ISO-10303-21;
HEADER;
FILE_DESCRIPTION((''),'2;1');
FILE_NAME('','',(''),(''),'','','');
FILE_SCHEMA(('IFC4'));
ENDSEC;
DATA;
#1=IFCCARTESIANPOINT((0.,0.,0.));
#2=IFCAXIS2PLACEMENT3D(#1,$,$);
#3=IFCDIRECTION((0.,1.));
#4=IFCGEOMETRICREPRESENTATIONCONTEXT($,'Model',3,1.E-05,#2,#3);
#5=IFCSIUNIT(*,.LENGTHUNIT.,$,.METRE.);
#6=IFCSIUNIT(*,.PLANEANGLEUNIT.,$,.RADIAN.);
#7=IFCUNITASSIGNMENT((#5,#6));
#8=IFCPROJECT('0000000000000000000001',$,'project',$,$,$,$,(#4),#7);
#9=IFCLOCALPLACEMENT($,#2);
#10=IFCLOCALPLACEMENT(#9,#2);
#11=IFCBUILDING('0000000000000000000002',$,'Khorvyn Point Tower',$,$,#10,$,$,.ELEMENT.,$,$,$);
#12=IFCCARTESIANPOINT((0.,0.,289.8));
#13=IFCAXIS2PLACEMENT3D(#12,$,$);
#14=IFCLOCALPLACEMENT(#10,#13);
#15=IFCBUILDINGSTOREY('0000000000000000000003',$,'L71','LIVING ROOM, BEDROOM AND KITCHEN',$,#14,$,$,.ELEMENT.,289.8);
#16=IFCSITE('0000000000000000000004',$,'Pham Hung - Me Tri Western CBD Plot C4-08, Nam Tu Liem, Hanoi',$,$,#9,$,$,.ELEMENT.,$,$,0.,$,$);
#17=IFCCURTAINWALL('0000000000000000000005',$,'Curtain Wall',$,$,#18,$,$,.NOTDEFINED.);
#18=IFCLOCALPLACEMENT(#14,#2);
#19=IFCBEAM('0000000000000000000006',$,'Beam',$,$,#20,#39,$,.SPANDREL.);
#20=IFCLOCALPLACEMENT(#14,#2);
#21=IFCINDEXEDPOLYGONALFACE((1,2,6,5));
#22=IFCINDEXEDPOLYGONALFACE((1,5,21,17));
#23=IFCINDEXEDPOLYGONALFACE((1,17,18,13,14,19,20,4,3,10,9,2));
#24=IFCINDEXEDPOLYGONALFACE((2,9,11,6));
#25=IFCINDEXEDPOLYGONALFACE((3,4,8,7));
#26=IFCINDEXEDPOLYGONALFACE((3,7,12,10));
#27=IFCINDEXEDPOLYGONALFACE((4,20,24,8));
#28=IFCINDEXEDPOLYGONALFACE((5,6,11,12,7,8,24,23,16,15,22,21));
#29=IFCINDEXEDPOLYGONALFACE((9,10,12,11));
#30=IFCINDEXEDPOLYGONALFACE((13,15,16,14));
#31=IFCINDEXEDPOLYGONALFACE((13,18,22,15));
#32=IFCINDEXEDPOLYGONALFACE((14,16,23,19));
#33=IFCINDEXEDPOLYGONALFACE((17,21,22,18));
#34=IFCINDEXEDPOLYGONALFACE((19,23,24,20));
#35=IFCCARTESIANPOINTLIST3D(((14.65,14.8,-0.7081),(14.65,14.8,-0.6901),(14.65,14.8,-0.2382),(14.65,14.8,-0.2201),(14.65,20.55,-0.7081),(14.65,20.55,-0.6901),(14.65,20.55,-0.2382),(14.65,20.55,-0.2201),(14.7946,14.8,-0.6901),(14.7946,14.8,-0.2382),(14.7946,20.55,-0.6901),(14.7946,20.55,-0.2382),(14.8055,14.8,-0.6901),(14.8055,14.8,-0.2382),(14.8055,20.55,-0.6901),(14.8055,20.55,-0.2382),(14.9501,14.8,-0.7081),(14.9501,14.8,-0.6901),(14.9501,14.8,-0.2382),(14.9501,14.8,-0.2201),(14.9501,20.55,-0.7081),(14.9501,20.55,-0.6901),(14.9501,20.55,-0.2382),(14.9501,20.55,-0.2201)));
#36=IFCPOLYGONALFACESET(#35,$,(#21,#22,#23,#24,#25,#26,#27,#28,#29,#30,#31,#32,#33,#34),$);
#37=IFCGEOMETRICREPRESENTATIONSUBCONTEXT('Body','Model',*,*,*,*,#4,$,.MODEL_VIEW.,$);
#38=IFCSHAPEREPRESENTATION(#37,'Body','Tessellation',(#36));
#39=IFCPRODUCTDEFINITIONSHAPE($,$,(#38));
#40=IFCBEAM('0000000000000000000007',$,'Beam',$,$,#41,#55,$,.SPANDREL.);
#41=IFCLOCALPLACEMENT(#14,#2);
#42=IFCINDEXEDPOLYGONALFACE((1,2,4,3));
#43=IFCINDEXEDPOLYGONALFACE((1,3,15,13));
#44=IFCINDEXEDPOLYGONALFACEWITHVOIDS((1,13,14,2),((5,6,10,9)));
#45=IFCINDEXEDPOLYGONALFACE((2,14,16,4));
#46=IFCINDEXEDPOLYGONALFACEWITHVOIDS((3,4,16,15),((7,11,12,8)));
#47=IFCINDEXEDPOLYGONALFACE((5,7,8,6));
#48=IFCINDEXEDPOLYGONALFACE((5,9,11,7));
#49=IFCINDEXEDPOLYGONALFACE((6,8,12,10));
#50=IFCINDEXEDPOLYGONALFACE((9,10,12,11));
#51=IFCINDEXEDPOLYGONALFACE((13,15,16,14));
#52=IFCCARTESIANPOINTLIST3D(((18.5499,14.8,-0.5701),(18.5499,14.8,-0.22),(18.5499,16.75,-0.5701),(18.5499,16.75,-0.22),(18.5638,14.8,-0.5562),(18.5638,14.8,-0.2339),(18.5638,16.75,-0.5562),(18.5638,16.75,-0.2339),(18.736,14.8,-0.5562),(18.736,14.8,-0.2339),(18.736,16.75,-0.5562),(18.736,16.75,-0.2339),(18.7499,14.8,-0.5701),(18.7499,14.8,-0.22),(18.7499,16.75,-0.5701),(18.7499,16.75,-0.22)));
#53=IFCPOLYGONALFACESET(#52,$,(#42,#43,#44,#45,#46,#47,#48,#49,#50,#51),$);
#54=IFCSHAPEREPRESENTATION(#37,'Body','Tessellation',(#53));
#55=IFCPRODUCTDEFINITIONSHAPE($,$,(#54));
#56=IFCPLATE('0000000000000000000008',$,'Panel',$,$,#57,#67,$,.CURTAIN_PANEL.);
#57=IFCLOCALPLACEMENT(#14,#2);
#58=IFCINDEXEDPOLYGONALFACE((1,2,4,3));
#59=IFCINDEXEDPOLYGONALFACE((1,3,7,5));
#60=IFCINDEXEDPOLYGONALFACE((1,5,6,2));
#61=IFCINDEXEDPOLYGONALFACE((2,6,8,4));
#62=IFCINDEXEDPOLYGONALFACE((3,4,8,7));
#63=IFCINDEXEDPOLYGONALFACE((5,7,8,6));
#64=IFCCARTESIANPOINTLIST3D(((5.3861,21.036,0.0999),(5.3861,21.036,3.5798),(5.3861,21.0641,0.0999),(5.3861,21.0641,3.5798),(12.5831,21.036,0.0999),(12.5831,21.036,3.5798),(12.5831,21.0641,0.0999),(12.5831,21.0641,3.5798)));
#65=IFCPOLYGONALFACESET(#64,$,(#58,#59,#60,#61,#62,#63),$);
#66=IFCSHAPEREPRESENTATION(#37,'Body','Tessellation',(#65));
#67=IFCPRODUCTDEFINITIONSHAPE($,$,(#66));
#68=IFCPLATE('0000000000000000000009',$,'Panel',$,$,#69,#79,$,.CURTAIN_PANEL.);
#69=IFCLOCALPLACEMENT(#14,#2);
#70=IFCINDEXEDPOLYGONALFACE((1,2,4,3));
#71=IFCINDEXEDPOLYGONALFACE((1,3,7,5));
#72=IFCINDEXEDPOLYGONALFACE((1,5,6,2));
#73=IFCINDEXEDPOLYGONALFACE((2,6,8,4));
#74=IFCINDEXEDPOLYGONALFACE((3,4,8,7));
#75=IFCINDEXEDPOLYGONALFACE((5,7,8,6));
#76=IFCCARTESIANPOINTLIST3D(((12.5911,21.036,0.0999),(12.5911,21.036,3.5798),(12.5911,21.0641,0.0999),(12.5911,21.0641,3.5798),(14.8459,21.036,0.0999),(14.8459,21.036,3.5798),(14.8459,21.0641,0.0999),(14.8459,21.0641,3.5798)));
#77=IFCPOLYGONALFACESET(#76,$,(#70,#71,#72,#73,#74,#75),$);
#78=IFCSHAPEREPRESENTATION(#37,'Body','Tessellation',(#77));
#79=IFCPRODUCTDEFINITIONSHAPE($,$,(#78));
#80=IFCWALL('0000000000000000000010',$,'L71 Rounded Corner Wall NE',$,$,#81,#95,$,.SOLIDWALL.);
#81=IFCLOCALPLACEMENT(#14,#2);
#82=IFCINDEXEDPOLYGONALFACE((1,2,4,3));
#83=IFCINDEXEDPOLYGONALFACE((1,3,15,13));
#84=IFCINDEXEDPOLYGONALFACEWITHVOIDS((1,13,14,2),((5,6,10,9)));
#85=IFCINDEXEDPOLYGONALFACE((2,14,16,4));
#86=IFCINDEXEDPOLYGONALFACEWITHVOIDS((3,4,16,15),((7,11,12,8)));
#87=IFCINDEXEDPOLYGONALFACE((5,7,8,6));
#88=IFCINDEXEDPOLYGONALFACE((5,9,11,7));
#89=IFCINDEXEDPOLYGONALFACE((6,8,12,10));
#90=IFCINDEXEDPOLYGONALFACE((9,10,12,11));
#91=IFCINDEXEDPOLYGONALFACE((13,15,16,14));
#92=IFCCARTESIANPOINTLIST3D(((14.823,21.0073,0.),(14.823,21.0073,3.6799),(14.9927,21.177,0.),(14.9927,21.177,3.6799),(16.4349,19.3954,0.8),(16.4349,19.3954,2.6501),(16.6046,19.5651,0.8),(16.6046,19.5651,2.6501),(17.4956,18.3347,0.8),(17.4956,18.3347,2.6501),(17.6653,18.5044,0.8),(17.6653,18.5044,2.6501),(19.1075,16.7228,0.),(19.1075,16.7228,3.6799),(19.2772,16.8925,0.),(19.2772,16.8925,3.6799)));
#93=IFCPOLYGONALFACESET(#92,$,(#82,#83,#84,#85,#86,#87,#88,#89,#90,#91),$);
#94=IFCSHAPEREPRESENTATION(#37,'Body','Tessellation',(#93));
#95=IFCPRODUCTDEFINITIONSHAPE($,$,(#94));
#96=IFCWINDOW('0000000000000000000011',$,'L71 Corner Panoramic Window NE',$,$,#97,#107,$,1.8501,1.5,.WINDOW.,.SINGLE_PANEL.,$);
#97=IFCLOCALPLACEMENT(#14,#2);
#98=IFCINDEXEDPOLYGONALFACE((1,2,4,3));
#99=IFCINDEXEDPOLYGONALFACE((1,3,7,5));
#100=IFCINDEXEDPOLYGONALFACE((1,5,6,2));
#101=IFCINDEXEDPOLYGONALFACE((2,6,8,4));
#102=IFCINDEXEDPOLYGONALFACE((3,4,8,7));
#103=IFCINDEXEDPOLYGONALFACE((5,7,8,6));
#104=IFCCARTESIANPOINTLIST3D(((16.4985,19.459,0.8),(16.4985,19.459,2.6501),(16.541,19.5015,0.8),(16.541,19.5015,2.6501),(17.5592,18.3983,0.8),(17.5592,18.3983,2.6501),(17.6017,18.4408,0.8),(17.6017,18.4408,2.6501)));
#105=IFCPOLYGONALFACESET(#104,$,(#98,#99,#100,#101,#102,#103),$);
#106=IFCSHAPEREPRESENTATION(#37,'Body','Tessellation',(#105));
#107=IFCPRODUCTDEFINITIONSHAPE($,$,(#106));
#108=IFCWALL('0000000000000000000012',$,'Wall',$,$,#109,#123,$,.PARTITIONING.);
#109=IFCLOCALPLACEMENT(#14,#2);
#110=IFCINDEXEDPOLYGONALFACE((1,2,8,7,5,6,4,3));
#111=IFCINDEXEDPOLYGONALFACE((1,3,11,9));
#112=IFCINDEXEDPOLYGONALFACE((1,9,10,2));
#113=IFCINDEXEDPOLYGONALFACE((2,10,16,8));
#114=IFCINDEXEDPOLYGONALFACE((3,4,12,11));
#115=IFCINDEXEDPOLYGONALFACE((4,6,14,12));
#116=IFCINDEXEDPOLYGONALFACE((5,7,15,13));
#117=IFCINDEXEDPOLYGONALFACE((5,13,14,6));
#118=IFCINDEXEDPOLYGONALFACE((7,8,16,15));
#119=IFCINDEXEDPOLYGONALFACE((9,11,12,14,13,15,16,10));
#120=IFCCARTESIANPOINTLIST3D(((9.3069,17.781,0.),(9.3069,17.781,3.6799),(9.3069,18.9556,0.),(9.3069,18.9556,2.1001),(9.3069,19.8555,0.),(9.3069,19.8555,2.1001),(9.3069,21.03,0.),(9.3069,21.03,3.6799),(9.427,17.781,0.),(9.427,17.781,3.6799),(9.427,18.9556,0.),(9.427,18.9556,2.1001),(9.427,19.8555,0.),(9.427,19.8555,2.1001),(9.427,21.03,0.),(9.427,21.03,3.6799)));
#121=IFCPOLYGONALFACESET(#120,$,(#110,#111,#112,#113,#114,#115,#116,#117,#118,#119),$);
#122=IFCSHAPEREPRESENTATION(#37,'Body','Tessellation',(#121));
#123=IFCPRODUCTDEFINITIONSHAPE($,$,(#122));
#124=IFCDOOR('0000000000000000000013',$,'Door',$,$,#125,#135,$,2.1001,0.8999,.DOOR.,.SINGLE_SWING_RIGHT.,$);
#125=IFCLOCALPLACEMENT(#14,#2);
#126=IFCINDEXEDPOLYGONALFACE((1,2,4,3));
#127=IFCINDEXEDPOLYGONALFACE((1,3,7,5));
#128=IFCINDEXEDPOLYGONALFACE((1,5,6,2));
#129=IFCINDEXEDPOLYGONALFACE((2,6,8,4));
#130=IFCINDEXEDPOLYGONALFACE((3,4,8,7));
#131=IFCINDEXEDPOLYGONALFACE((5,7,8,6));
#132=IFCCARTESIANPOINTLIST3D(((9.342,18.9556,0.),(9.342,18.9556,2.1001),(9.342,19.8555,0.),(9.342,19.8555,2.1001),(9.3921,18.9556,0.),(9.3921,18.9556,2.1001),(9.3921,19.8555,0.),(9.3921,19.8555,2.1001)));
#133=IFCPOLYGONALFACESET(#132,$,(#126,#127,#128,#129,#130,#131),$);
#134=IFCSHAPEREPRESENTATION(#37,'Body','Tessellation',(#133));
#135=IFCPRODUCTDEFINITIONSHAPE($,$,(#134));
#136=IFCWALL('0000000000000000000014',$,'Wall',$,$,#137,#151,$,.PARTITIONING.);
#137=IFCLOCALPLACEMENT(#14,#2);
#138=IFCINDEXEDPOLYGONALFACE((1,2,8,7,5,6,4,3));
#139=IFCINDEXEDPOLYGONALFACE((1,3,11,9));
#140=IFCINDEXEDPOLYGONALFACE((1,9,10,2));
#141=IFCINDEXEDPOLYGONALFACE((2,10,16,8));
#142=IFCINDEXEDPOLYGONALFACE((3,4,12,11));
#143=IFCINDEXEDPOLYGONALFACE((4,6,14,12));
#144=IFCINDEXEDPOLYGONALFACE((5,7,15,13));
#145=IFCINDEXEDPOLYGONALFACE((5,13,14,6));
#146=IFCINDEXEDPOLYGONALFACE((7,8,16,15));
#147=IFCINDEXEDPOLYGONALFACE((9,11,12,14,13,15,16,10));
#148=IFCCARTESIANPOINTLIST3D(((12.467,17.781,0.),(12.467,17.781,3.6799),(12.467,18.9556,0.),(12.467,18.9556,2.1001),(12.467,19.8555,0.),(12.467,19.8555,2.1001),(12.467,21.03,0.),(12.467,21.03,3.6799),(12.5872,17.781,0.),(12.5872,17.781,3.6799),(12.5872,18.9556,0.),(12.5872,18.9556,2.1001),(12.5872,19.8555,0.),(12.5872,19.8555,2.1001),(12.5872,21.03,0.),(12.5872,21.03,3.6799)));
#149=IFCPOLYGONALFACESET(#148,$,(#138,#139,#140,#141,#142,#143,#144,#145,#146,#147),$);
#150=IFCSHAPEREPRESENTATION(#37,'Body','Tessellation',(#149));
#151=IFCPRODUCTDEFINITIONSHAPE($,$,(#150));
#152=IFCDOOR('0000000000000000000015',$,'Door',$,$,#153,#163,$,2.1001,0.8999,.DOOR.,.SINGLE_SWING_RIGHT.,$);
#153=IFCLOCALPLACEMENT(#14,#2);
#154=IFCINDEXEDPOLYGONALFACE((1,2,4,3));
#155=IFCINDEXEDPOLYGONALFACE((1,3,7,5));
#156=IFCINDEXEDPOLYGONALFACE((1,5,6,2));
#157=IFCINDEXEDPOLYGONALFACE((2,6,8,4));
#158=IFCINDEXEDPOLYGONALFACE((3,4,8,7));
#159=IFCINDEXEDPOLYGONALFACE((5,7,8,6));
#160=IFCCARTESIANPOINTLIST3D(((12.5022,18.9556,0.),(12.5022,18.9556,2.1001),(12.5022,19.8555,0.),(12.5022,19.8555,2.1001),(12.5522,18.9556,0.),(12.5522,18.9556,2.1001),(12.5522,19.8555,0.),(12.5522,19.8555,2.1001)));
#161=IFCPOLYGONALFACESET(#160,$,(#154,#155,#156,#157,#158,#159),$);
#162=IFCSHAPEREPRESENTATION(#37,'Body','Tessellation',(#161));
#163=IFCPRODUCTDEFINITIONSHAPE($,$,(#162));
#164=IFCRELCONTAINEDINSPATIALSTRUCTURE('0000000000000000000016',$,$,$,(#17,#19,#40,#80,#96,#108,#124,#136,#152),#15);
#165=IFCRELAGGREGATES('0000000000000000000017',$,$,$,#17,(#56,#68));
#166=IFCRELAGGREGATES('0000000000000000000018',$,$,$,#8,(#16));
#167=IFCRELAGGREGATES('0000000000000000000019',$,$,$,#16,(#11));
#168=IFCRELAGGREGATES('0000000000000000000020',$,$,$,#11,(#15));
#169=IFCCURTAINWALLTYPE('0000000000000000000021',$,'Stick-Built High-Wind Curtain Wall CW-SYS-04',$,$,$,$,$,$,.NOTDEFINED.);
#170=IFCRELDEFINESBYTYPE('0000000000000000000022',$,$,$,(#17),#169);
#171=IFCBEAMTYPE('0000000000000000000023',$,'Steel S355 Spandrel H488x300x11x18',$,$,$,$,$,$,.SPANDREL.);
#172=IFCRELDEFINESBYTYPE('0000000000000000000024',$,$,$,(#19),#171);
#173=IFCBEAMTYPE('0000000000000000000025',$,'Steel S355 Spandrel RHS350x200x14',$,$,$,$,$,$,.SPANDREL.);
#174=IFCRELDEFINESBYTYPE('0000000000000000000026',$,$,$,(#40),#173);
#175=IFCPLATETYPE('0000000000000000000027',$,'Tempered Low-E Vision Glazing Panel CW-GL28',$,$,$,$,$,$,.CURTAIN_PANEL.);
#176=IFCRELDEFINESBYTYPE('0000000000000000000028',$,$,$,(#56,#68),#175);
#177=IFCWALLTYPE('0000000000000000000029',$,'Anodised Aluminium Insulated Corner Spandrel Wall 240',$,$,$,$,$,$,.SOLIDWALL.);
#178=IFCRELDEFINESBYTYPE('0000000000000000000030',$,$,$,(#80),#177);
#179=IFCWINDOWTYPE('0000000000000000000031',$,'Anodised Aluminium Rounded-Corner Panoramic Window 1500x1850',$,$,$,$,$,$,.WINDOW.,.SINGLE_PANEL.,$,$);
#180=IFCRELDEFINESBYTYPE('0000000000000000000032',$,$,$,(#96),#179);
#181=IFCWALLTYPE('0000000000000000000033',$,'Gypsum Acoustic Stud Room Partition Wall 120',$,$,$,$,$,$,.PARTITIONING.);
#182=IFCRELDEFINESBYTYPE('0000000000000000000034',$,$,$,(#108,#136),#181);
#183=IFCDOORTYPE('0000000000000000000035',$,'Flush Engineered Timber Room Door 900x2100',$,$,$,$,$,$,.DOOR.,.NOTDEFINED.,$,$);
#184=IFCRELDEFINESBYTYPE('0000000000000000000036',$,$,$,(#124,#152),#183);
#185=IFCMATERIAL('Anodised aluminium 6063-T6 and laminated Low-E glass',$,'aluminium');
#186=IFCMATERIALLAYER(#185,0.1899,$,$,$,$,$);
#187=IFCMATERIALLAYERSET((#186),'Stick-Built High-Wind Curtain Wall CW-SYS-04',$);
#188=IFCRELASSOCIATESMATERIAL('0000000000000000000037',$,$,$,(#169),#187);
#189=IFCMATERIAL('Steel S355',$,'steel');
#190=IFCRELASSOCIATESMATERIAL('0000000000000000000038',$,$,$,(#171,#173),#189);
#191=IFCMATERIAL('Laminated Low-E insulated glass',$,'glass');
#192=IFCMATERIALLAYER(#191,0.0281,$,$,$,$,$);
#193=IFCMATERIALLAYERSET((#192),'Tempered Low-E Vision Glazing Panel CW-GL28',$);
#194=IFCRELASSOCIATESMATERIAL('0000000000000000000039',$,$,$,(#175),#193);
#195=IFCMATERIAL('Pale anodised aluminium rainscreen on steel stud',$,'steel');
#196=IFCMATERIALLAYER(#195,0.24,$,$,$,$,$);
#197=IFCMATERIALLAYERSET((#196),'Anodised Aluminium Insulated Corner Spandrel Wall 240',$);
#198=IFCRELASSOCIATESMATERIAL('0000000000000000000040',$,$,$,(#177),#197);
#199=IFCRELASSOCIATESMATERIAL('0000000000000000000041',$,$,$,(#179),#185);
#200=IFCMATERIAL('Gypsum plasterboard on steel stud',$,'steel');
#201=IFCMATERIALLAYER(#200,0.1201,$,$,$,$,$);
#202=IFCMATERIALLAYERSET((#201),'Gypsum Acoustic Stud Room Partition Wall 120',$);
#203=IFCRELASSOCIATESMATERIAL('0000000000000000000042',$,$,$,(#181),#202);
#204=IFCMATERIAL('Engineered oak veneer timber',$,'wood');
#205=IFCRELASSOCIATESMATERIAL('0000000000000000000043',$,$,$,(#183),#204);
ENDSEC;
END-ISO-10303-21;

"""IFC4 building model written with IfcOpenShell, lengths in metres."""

from ifc_helpers import new_model, si_unit, direction, frame, frame_2d, origin, origin_2d, place, context, subcontext, project, spatial, rectangle, hollow_rectangle, i_section, extrude, material, layer, layer_set, material_profile, profile_set, type_object, element, fill, aggregate, save


model = new_model("IFC4")

# Units and contexts
model_context = context("Model", 3, precision=1e-05, world=origin(), true_north=direction((0.0, 1.0)))
body_context = subcontext(model_context, "Body", "Model", "MODEL_VIEW")
ifc_project = project(units=[si_unit("LENGTHUNIT", "METRE"), si_unit("PLANEANGLEUNIT", "RADIAN")], contexts=[model_context])

# Site, building, storey
site_placement = place(None, origin())
site = spatial("IfcSite", under=ifc_project, at=site_placement, Name="Pham Hung - Me Tri Western CBD Plot C4-08, Nam Tu Liem, Hanoi", CompositionType="ELEMENT", RefElevation=0.0)
building_placement = place(site_placement, origin())
building = spatial("IfcBuilding", under=site, at=building_placement, Name="Khorvyn Point Tower", CompositionType="ELEMENT")
storey_placement = place(building_placement, frame((0.0, 0.0, 289.8)))
storey = spatial("IfcBuildingStorey", under=building, at=storey_placement, Name="L71", Description="LIVING ROOM, BEDROOM AND KITCHEN", CompositionType="ELEMENT", Elevation=289.8)

# Shared definitions
ifc_material_1 = material(Name="Steel S355", Category="steel")

# Curtain wall
ifc_material_2 = material(Name="Anodised aluminium 6063-T6 and laminated Low-E glass", Category="aluminium")
ifc_layer_1 = layer(ifc_material_2, 0.1899)
ifc_layer_set_1 = layer_set([ifc_layer_1], Name="Stick-Built High-Wind Curtain Wall CW-SYS-04")
curtain_wall_type = type_object("IfcCurtainWallType", Name="Stick-Built High-Wind Curtain Wall CW-SYS-04", PredefinedType="NOTDEFINED", material=ifc_layer_set_1)
curtain_wall_1_placement = place(storey_placement, origin())
curtain_wall_1 = element("IfcCurtainWall", 1, at=curtain_wall_1_placement, inside=storey, type_object=curtain_wall_type, Name="Curtain Wall", PredefinedType="NOTDEFINED")

# Beams
ifc_material_profile_1 = material_profile(ifc_material_1, i_section(OverallWidth=0.3, OverallDepth=0.488, WebThickness=0.011, FlangeThickness=0.0181, at=origin_2d()))
ifc_profile_set_1 = profile_set([ifc_material_profile_1], Name="Steel S355 H488x300x11x18")
beam_type_1 = type_object("IfcBeamType", Name="Steel S355 Spandrel H488x300x11x18", PredefinedType="SPANDREL", material=ifc_profile_set_1)
beam_1_placement = place(storey_placement, frame((14.8, 14.8, -0.4641), z_axis=(0.0, 1.0, 0.0), x_axis=(-1.0, 0.0, 0.0)))
element("IfcBeam", 2, at=beam_1_placement, inside=storey, type_object=beam_type_1, Name="Beam", PredefinedType="SPANDREL", context=body_context, shape_type="SweptSolid", body=[
    extrude(i_section(OverallWidth=0.3, OverallDepth=0.488, WebThickness=0.011, FlangeThickness=0.0181, at=origin_2d()), origin(), (0.0, 0.0, 1.0), 5.75),
])
ifc_material_profile_2 = material_profile(ifc_material_1, hollow_rectangle(XDim=0.2, YDim=0.3501, WallThickness=0.0139, at=origin_2d()))
ifc_profile_set_2 = profile_set([ifc_material_profile_2], Name="Steel S355 RHS350x200x14")
beam_type_2 = type_object("IfcBeamType", Name="Steel S355 Spandrel RHS350x200x14", PredefinedType="SPANDREL", material=ifc_profile_set_2)
beam_2_placement = place(storey_placement, frame((18.6499, 14.8, -0.395), z_axis=(0.0, 1.0, 0.0), x_axis=(-1.0, 0.0, 0.0)))
element("IfcBeam", 3, at=beam_2_placement, inside=storey, type_object=beam_type_2, Name="Beam", PredefinedType="SPANDREL", context=body_context, shape_type="SweptSolid", body=[
    extrude(hollow_rectangle(XDim=0.2, YDim=0.3501, WallThickness=0.0139, at=origin_2d()), origin(), (0.0, 0.0, 1.0), 1.95),
])

# Plates
ifc_material_3 = material(Name="Laminated Low-E insulated glass", Category="glass")
ifc_layer_2 = layer(ifc_material_3, 0.0281)
ifc_layer_set_2 = layer_set([ifc_layer_2], Name="Tempered Low-E Vision Glazing Panel CW-GL28")
plate_type = type_object("IfcPlateType", Name="Tempered Low-E Vision Glazing Panel CW-GL28", PredefinedType="CURTAIN_PANEL", material=ifc_layer_set_2)
plate_1_placement = place(storey_placement, frame((8.9846, 21.05, 0.0999), z_axis=(0.0, 0.0, 1.0), x_axis=(1.0, 0.0, 0.0)))
plate_1 = element("IfcPlate", 4, at=plate_1_placement, type_object=plate_type, Name="Panel", PredefinedType="CURTAIN_PANEL", context=body_context, shape_type="SweptSolid", body=[
    extrude(rectangle(XDim=7.197, YDim=0.0281, at=origin_2d()), origin(), (0.0, 0.0, 1.0), 3.48),
])
plate_2_placement = place(storey_placement, frame((13.7185, 21.05, 0.0999), z_axis=(0.0, 0.0, 1.0), x_axis=(1.0, 0.0, 0.0)))
plate_2 = element("IfcPlate", 5, at=plate_2_placement, type_object=plate_type, Name="Panel", PredefinedType="CURTAIN_PANEL", context=body_context, shape_type="SweptSolid", body=[
    extrude(rectangle(XDim=2.2549, YDim=0.0281, at=origin_2d()), origin(), (0.0, 0.0, 1.0), 3.48),
])
aggregate(curtain_wall_1, [plate_1, plate_2])

# Wall, opening, window
ifc_material_4 = material(Name="Pale anodised aluminium rainscreen on steel stud", Category="steel")
ifc_layer_3 = layer(ifc_material_4, 0.24)
ifc_layer_set_3 = layer_set([ifc_layer_3], Name="Anodised Aluminium Insulated Corner Spandrel Wall 240")
wall_type_1 = type_object("IfcWallType", Name="Anodised Aluminium Insulated Corner Spandrel Wall 240", PredefinedType="SOLIDWALL", material=ifc_layer_set_3)
wall_1_placement = place(storey_placement, frame((14.9077, 21.0923, 0.0), z_axis=(0.0, 0.0, 1.0), x_axis=(0.707107, -0.707107, 0.0)))
wall_1 = element("IfcWall", 6, at=wall_1_placement, inside=storey, type_object=wall_type_1, Name="L71 Rounded Corner Wall NE", PredefinedType="SOLIDWALL", context=body_context, shape_type="SweptSolid", body=[
    extrude(rectangle(XDim=6.0593, YDim=0.24, at=frame_2d((3.0298, 0.0))), origin(), (0.0, 0.0, 1.0), 3.6799),
])
opening_1_placement = place(wall_1_placement, frame((2.2798, 0.0, 0.8)))
opening_1 = element("IfcOpeningElement", 7, at=opening_1_placement, cuts=wall_1, PredefinedType="OPENING", context=body_context, shape_type="SweptSolid", body=[
    extrude(rectangle(XDim=1.5, YDim=1.8501, at=frame_2d((0.75, 0.925))), frame((0.0, 0.1299, 0.0), z_axis=(0.0, -1.0, 0.0), x_axis=(1.0, 0.0, 0.0)), (0.0, 0.0, 1.0), 0.26),
])
window_type = type_object("IfcWindowType", Name="Anodised Aluminium Rounded-Corner Panoramic Window 1500x1850", PartitioningType="SINGLE_PANEL", PredefinedType="WINDOW", material=ifc_material_2)
window_placement = place(opening_1_placement, origin())
window = element("IfcWindow", 8, at=window_placement, inside=storey, type_object=window_type, Name="L71 Corner Panoramic Window NE", OverallHeight=1.8501, OverallWidth=1.5, PartitioningType="SINGLE_PANEL", PredefinedType="WINDOW", context=body_context, shape_type="SweptSolid", body=[
    extrude(rectangle(XDim=1.5, YDim=1.8501, at=frame_2d((0.75, 0.925))), frame((0.0, 0.03, 0.0), z_axis=(0.0, -1.0, 0.0), x_axis=(1.0, 0.0, 0.0)), (0.0, 0.0, 1.0), 0.0601),
])
fill(opening_1, window)

# Walls, openings, doors
ifc_material_5 = material(Name="Gypsum plasterboard on steel stud", Category="steel")
ifc_layer_4 = layer(ifc_material_5, 0.1201)
ifc_layer_set_4 = layer_set([ifc_layer_4], Name="Gypsum Acoustic Stud Room Partition Wall 120")
wall_type_2 = type_object("IfcWallType", Name="Gypsum Acoustic Stud Room Partition Wall 120", PredefinedType="PARTITIONING", material=ifc_layer_set_4)
wall_2_placement = place(storey_placement, frame((9.3669, 17.781, 0.0), z_axis=(0.0, 0.0, 1.0), x_axis=(0.0, 1.0, 0.0)))
wall_2 = element("IfcWall", 9, at=wall_2_placement, inside=storey, type_object=wall_type_2, Name="Wall", PredefinedType="PARTITIONING", context=body_context, shape_type="SweptSolid", body=[
    extrude(rectangle(XDim=3.249, YDim=0.1201, at=frame_2d((1.6245, 0.0))), origin(), (0.0, 0.0, 1.0), 3.6799),
])
opening_2_placement = place(wall_2_placement, frame((1.1746, 0.0, 0.0)))
opening_2 = element("IfcOpeningElement", 10, at=opening_2_placement, cuts=wall_2, PredefinedType="OPENING", context=body_context, shape_type="SweptSolid", body=[
    extrude(rectangle(XDim=0.8999, YDim=2.1001, at=frame_2d((0.45, 1.05))), frame((0.0, 0.0701, 0.0), z_axis=(0.0, -1.0, 0.0), x_axis=(1.0, 0.0, 0.0)), (0.0, 0.0, 1.0), 0.1401),
])
ifc_material_6 = material(Name="Engineered oak veneer timber", Category="wood")
door_type_1 = type_object("IfcDoorType", Name="Flush Engineered Timber Room Door 900x2100", OperationType="NOTDEFINED", PredefinedType="DOOR", material=ifc_material_6)
door_1_placement = place(opening_2_placement, origin())
door_1 = element("IfcDoor", 11, at=door_1_placement, inside=storey, type_object=door_type_1, Name="Door", OperationType="SINGLE_SWING_RIGHT", OverallHeight=2.1001, OverallWidth=0.8999, PredefinedType="DOOR", context=body_context, shape_type="SweptSolid", body=[
    extrude(rectangle(XDim=0.8999, YDim=2.1001, at=frame_2d((0.45, 1.05))), frame((0.0, 0.0249, 0.0), z_axis=(0.0, -1.0, 0.0), x_axis=(1.0, 0.0, 0.0)), (0.0, 0.0, 1.0), 0.05),
])
fill(opening_2, door_1)
wall_3_placement = place(storey_placement, frame((12.5271, 17.781, 0.0), z_axis=(0.0, 0.0, 1.0), x_axis=(0.0, 1.0, 0.0)))
wall_3 = element("IfcWall", 12, at=wall_3_placement, inside=storey, type_object=wall_type_2, Name="Wall", PredefinedType="PARTITIONING", context=body_context, shape_type="SweptSolid", body=[
    extrude(rectangle(XDim=3.249, YDim=0.1201, at=frame_2d((1.6245, 0.0))), origin(), (0.0, 0.0, 1.0), 3.6799),
])
opening_3_placement = place(wall_3_placement, frame((1.1746, 0.0, 0.0)))
opening_3 = element("IfcOpeningElement", 13, at=opening_3_placement, cuts=wall_3, PredefinedType="OPENING", context=body_context, shape_type="SweptSolid", body=[
    extrude(rectangle(XDim=0.8999, YDim=2.1001, at=frame_2d((0.45, 1.05))), frame((0.0, 0.0701, 0.0), z_axis=(0.0, -1.0, 0.0), x_axis=(1.0, 0.0, 0.0)), (0.0, 0.0, 1.0), 0.1401),
])
door_2_placement = place(opening_3_placement, origin())
door_2 = element("IfcDoor", 14, at=door_2_placement, inside=storey, type_object=door_type_1, Name="Door", OperationType="SINGLE_SWING_RIGHT", OverallHeight=2.1001, OverallWidth=0.8999, PredefinedType="DOOR", context=body_context, shape_type="SweptSolid", body=[
    extrude(rectangle(XDim=0.8999, YDim=2.1001, at=frame_2d((0.45, 1.05))), frame((0.0, 0.0249, 0.0), z_axis=(0.0, -1.0, 0.0), x_axis=(1.0, 0.0, 0.0)), (0.0, 0.0, 1.0), 0.05),
])
fill(opening_3, door_2)

save(model, "model.ifc")
